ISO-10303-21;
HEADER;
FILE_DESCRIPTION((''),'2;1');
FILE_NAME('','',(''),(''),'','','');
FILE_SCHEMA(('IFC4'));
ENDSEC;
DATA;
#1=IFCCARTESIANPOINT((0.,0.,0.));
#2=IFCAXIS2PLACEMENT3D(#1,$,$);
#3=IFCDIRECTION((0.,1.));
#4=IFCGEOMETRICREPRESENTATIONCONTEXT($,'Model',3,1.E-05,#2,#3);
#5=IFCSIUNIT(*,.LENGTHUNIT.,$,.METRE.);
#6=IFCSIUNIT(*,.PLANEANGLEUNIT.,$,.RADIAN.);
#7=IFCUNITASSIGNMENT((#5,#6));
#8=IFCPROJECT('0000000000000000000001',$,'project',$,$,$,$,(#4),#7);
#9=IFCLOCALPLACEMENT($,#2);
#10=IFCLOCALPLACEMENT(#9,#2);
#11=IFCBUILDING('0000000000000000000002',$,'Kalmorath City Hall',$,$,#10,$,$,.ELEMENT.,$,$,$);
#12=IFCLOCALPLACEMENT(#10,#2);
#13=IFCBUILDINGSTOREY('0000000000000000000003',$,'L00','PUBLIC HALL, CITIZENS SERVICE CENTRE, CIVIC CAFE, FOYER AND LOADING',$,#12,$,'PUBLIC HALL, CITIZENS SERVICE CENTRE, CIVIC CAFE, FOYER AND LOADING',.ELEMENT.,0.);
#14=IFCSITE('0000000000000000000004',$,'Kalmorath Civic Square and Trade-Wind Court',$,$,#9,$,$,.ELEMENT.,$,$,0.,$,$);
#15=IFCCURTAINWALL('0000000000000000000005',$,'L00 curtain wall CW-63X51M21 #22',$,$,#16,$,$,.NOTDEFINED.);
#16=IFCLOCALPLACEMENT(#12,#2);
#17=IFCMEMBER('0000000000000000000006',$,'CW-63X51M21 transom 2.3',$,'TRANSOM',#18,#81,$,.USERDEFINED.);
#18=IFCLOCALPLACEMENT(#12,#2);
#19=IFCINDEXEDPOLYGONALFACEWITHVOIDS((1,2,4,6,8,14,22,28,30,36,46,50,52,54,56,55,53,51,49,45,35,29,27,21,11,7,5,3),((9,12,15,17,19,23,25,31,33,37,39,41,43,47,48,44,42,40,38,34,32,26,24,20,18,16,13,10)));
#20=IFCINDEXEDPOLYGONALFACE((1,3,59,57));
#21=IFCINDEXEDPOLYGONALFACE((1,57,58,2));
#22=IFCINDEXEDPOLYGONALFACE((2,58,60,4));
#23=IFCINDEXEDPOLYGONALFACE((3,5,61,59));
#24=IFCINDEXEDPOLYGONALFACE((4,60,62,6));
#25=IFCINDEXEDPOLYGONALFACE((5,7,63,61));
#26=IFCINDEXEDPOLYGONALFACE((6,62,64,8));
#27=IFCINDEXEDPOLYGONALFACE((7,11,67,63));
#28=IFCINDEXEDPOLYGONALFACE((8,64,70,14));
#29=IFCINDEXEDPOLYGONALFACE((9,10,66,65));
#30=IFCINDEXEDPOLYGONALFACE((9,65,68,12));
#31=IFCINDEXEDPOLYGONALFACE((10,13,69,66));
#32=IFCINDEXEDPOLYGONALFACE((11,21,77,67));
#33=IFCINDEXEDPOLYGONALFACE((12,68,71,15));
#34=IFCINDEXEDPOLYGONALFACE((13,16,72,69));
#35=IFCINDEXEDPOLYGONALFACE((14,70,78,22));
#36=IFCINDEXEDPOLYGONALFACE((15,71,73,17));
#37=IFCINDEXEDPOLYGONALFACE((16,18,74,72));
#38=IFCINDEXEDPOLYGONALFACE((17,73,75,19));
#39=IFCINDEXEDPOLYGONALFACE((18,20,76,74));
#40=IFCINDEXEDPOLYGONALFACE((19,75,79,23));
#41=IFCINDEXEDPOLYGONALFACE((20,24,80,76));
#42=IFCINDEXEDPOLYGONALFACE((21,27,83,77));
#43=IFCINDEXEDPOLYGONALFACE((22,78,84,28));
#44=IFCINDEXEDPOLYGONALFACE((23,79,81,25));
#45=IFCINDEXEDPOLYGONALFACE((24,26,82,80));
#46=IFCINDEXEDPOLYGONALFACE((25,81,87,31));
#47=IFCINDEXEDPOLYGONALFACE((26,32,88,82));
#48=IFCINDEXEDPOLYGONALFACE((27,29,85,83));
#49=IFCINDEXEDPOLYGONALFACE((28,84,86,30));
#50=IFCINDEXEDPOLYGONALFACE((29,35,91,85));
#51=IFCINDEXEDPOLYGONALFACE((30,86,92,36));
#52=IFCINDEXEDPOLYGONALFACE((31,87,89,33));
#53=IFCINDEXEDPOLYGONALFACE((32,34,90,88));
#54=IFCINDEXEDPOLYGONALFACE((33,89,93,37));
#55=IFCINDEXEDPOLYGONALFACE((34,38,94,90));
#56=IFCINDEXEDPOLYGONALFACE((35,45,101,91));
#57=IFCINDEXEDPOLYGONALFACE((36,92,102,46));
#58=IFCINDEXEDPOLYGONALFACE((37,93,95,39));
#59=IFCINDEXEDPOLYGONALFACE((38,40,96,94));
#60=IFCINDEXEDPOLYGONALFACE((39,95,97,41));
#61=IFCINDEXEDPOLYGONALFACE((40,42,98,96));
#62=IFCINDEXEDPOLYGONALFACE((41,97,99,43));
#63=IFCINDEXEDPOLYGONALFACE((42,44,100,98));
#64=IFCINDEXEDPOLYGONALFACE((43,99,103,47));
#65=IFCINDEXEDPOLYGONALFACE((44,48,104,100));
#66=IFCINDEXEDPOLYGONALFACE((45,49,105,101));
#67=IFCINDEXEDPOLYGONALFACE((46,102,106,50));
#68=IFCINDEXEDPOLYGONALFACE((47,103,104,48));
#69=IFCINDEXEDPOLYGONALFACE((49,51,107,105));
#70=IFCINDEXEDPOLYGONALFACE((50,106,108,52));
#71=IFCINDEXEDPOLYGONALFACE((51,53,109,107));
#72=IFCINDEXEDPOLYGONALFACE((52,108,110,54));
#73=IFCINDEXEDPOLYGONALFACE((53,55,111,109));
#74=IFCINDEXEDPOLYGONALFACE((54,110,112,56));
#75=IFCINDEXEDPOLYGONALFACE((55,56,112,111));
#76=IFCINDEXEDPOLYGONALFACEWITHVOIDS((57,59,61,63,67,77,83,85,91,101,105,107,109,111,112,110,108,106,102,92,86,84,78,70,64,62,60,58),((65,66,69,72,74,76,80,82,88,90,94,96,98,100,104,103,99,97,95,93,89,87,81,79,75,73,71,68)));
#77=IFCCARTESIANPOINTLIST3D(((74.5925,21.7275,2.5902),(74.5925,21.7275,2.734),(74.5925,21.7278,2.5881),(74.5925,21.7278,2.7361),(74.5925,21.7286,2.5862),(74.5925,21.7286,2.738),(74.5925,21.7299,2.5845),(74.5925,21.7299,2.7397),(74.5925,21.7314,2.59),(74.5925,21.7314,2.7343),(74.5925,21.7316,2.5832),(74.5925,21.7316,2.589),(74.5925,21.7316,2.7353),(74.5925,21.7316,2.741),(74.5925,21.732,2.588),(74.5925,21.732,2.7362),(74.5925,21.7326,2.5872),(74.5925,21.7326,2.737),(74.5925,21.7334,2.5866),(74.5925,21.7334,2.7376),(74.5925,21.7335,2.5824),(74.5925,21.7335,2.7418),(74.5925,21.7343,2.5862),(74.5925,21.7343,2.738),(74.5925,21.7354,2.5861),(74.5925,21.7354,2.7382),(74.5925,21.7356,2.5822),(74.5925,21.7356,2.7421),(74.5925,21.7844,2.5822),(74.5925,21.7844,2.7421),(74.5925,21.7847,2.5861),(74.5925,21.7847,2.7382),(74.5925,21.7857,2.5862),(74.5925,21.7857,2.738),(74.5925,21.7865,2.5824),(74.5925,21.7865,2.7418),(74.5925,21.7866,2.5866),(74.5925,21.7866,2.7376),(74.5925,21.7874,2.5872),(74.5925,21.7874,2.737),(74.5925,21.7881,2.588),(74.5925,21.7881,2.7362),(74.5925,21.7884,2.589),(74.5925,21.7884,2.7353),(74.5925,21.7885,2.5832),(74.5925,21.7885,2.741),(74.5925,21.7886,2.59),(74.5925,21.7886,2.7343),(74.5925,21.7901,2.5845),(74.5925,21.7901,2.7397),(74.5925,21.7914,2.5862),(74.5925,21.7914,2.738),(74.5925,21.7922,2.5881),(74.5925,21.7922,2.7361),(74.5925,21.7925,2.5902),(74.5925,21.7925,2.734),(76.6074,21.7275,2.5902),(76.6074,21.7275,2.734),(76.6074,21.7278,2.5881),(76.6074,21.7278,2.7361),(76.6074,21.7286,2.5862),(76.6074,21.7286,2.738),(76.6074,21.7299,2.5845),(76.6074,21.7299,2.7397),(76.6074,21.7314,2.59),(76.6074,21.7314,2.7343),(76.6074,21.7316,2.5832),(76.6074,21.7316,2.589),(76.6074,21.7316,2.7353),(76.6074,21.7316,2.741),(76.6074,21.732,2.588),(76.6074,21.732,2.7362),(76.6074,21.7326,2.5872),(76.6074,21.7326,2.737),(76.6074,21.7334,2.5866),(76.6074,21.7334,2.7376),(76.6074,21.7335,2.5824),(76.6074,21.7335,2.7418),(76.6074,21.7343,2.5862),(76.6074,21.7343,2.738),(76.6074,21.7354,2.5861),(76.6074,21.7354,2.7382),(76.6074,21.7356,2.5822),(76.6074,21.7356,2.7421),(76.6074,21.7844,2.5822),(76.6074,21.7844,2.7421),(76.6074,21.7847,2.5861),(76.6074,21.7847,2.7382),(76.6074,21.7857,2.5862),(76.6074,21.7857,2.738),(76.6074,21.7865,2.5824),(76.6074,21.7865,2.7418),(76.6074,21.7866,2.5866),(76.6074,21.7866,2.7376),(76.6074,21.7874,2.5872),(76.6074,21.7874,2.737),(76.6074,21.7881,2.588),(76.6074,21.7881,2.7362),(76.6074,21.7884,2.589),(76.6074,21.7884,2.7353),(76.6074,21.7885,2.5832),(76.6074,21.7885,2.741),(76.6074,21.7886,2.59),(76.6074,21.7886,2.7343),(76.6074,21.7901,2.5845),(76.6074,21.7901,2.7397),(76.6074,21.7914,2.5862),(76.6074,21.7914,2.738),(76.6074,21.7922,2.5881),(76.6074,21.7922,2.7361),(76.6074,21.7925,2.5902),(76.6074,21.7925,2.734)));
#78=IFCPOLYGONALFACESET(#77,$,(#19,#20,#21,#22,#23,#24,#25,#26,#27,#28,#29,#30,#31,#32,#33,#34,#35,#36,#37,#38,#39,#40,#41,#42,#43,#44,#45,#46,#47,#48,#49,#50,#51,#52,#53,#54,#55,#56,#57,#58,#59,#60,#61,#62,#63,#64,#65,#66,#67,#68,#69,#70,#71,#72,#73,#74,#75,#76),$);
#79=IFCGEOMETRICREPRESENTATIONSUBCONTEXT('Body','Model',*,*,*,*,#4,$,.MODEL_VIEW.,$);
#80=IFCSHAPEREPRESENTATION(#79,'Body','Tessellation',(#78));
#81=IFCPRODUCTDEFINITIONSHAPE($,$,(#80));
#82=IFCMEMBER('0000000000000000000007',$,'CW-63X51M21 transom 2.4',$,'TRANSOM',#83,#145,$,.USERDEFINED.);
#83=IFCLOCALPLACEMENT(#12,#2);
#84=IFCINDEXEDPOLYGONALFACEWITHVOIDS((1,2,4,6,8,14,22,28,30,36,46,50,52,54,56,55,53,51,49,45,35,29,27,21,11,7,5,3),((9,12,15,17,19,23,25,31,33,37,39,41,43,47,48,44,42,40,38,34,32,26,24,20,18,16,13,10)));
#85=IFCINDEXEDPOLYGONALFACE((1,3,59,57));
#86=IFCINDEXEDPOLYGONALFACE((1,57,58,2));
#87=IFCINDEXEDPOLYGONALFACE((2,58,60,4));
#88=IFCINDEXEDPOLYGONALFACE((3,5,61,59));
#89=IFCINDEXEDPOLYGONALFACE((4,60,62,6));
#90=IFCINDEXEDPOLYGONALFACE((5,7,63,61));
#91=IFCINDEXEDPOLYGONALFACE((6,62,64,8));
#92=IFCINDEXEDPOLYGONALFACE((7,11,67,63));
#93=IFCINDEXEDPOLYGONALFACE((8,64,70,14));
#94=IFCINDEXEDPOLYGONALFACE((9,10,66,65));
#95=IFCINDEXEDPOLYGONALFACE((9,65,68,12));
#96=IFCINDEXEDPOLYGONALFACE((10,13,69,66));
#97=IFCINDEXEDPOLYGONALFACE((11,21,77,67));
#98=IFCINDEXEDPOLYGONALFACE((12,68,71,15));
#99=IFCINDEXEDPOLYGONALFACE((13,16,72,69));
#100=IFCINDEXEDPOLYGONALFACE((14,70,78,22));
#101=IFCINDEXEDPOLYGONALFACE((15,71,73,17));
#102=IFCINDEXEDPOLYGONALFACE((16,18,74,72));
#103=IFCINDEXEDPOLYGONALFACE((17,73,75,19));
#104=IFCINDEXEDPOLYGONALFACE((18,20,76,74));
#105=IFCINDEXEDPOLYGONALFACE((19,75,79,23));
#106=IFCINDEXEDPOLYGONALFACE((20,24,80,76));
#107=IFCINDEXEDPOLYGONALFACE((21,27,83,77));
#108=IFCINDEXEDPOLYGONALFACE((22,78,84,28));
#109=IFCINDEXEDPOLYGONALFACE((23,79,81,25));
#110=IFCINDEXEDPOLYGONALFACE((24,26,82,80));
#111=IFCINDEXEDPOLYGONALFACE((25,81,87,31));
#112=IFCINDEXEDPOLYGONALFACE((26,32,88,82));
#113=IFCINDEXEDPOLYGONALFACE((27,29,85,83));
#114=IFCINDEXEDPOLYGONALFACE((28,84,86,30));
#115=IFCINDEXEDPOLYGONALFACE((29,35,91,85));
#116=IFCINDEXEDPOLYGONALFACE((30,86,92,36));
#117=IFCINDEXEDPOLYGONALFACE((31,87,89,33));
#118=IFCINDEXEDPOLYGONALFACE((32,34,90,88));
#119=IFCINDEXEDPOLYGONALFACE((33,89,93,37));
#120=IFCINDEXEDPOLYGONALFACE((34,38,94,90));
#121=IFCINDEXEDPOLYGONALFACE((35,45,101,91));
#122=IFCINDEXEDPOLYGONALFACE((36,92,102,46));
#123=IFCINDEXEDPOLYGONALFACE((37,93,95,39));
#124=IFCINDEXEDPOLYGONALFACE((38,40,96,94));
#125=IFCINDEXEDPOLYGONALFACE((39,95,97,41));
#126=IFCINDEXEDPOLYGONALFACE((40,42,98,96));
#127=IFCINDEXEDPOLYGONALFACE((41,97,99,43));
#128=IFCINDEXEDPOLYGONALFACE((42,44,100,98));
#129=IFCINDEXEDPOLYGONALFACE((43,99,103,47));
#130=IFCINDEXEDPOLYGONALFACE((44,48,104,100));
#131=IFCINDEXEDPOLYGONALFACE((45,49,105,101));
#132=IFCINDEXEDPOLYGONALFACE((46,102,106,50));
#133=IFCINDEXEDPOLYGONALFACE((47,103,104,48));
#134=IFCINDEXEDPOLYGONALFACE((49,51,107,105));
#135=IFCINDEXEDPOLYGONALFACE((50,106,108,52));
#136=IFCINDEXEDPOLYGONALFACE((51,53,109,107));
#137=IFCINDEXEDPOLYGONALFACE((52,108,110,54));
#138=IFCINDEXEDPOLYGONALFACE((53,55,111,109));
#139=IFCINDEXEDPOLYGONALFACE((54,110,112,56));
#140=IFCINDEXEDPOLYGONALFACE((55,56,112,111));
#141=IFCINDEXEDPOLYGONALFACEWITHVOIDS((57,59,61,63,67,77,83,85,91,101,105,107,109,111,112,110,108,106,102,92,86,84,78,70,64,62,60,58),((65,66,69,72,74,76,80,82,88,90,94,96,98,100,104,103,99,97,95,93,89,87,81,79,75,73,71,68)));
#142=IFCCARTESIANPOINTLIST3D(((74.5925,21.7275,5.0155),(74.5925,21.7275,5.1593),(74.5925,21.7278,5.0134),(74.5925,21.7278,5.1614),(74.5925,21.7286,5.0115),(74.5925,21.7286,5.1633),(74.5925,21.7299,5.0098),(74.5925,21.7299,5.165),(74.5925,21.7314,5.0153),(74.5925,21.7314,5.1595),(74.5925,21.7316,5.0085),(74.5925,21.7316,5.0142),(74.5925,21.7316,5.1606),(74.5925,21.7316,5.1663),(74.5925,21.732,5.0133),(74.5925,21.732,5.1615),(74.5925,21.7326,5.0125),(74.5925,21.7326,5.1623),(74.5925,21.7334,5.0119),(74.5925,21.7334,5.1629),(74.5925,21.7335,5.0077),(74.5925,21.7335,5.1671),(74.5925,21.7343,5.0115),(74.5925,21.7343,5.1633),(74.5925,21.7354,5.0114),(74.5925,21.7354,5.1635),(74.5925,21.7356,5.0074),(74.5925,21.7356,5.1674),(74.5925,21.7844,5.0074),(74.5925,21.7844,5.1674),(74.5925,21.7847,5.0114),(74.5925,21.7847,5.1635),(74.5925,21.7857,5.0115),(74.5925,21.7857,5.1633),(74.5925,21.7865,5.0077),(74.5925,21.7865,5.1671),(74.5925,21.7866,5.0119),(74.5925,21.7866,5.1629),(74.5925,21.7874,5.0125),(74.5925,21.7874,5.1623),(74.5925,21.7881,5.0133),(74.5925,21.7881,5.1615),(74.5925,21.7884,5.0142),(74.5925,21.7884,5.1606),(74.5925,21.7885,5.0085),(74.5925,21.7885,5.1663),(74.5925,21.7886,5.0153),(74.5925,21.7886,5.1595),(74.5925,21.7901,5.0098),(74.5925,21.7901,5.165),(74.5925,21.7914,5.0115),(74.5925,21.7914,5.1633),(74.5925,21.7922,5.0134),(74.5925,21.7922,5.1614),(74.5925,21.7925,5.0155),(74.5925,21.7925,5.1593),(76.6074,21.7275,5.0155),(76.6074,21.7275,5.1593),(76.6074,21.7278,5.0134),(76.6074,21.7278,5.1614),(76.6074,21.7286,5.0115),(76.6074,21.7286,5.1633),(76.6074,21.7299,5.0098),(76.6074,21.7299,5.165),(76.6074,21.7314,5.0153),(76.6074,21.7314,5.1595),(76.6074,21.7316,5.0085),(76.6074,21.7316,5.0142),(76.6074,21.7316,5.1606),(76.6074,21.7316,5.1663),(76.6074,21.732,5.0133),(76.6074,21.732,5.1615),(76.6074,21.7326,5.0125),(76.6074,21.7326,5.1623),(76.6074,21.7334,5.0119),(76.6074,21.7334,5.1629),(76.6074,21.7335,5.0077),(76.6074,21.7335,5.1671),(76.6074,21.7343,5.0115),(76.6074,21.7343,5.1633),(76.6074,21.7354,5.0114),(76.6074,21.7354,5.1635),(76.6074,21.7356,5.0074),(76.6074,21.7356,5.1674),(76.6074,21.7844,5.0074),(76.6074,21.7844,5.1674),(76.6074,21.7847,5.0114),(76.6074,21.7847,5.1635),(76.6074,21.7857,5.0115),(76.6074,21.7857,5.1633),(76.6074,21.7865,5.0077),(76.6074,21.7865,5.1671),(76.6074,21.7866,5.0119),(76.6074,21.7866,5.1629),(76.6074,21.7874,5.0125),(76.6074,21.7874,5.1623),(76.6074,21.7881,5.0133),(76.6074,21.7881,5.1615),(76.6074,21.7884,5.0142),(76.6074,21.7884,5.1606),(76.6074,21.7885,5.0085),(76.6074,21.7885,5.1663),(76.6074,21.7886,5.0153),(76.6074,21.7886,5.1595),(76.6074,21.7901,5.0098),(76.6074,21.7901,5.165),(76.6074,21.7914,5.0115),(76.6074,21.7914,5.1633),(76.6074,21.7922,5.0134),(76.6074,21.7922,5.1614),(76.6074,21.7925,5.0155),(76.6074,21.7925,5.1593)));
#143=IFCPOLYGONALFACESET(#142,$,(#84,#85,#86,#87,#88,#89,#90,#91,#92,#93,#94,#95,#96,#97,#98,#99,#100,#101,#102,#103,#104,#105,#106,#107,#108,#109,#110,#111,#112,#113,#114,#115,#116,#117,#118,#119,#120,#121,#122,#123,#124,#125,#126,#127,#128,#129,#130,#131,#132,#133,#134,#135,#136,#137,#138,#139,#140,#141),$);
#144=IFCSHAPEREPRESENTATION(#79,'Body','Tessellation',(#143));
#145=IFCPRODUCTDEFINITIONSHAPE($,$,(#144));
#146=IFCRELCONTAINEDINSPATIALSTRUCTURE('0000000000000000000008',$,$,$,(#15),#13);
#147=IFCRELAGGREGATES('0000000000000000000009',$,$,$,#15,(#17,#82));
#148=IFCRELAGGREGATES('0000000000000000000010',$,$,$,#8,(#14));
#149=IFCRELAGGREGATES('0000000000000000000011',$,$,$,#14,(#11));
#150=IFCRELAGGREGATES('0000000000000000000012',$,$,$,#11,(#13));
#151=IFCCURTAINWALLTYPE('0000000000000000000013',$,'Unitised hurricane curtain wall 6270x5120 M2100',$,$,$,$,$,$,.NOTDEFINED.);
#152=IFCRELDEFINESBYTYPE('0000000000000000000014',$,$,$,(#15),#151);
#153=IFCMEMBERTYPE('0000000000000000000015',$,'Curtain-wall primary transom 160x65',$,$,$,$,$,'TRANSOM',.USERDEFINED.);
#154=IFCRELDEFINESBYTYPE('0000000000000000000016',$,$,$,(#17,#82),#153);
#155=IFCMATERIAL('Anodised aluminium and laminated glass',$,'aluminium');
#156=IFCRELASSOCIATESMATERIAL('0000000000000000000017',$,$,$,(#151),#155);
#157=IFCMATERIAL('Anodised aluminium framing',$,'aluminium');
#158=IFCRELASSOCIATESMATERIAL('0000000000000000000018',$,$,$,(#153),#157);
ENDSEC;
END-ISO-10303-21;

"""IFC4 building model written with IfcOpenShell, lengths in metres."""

from ifc_helpers import new_model, si_unit, direction, frame, origin, origin_2d, place, context, subcontext, project, spatial, hollow_rectangle, extrude, material, material_profile, profile_set, type_object, element, aggregate, save


model = new_model("IFC4")

# Units and contexts
model_context = context("Model", 3, precision=1e-05, world=origin(), true_north=direction((0.0, 1.0)))
body_context = subcontext(model_context, "Body", "Model", "MODEL_VIEW")
ifc_project = project(units=[si_unit("LENGTHUNIT", "METRE"), si_unit("PLANEANGLEUNIT", "RADIAN")], contexts=[model_context])

# Site, building, storey
site_placement = place(None, origin())
site = spatial("IfcSite", under=ifc_project, at=site_placement, Name="Kalmorath Civic Square and Trade-Wind Court", CompositionType="ELEMENT", RefElevation=0.0)
building_placement = place(site_placement, origin())
building = spatial("IfcBuilding", under=site, at=building_placement, Name="Kalmorath City Hall", CompositionType="ELEMENT")
storey_placement = place(building_placement, origin())
storey = spatial("IfcBuildingStorey", under=building, at=storey_placement, Name="L00", Description="PUBLIC HALL, CITIZENS SERVICE CENTRE, CIVIC CAFE, FOYER AND LOADING", LongName="PUBLIC HALL, CITIZENS SERVICE CENTRE, CIVIC CAFE, FOYER AND LOADING", CompositionType="ELEMENT", Elevation=0.0)

# Curtain wall, members
ifc_material_1 = material(Name="Anodised aluminium and laminated glass", Category="aluminium")
curtain_wall_type = type_object("IfcCurtainWallType", Name="Unitised hurricane curtain wall 6270x5120 M2100", PredefinedType="NOTDEFINED", material=ifc_material_1)
curtain_wall_placement = place(storey_placement, origin())
curtain_wall = element("IfcCurtainWall", 1, at=curtain_wall_placement, inside=storey, type_object=curtain_wall_type, Name="L00 curtain wall CW-63X51M21 #22", PredefinedType="NOTDEFINED")
ifc_material_2 = material(Name="Anodised aluminium framing", Category="aluminium")
ifc_material_profile_1 = material_profile(ifc_material_2, hollow_rectangle(XDim=0.0649, YDim=0.1599, WallThickness=0.0039, InnerFilletRadius=0.0039, OuterFilletRadius=0.0081, at=origin_2d()), Name="ALU-TRN-160X65X4")
ifc_profile_set_1 = profile_set([ifc_material_profile_1], Name="Anodised aluminium framing")
member_type_1 = type_object("IfcMemberType", Name="Curtain-wall primary transom 160x65", ElementType="TRANSOM", PredefinedType="USERDEFINED", material=ifc_profile_set_1)
member_1_placement = place(storey_placement, frame((76.6074, 21.76, 2.6621), z_axis=(-1.0, 0.0, 0.0), x_axis=(0.0, -1.0, 0.0)))
member_1 = element("IfcMember", 2, at=member_1_placement, type_object=member_type_1, Name="CW-63X51M21 transom 2.3", ObjectType="TRANSOM", PredefinedType="USERDEFINED", context=body_context, shape_type="SweptSolid", body=[
    extrude(hollow_rectangle(XDim=0.0649, YDim=0.1599, WallThickness=0.0039, InnerFilletRadius=0.0039, OuterFilletRadius=0.0081, at=origin_2d()), origin(), (0.0, 0.0, 1.0), 2.0149),
])
member_2_placement = place(storey_placement, frame((76.6074, 21.76, 5.0874), z_axis=(-1.0, 0.0, 0.0), x_axis=(0.0, -1.0, 0.0)))
member_2 = element("IfcMember", 3, at=member_2_placement, type_object=member_type_1, Name="CW-63X51M21 transom 2.4", ObjectType="TRANSOM", PredefinedType="USERDEFINED", context=body_context, shape_type="SweptSolid", body=[
    extrude(hollow_rectangle(XDim=0.0649, YDim=0.1599, WallThickness=0.0039, InnerFilletRadius=0.0039, OuterFilletRadius=0.0081, at=origin_2d()), origin(), (0.0, 0.0, 1.0), 2.0149),
])

aggregate(curtain_wall, [member_1, member_2])

save(model, "model.ifc")
